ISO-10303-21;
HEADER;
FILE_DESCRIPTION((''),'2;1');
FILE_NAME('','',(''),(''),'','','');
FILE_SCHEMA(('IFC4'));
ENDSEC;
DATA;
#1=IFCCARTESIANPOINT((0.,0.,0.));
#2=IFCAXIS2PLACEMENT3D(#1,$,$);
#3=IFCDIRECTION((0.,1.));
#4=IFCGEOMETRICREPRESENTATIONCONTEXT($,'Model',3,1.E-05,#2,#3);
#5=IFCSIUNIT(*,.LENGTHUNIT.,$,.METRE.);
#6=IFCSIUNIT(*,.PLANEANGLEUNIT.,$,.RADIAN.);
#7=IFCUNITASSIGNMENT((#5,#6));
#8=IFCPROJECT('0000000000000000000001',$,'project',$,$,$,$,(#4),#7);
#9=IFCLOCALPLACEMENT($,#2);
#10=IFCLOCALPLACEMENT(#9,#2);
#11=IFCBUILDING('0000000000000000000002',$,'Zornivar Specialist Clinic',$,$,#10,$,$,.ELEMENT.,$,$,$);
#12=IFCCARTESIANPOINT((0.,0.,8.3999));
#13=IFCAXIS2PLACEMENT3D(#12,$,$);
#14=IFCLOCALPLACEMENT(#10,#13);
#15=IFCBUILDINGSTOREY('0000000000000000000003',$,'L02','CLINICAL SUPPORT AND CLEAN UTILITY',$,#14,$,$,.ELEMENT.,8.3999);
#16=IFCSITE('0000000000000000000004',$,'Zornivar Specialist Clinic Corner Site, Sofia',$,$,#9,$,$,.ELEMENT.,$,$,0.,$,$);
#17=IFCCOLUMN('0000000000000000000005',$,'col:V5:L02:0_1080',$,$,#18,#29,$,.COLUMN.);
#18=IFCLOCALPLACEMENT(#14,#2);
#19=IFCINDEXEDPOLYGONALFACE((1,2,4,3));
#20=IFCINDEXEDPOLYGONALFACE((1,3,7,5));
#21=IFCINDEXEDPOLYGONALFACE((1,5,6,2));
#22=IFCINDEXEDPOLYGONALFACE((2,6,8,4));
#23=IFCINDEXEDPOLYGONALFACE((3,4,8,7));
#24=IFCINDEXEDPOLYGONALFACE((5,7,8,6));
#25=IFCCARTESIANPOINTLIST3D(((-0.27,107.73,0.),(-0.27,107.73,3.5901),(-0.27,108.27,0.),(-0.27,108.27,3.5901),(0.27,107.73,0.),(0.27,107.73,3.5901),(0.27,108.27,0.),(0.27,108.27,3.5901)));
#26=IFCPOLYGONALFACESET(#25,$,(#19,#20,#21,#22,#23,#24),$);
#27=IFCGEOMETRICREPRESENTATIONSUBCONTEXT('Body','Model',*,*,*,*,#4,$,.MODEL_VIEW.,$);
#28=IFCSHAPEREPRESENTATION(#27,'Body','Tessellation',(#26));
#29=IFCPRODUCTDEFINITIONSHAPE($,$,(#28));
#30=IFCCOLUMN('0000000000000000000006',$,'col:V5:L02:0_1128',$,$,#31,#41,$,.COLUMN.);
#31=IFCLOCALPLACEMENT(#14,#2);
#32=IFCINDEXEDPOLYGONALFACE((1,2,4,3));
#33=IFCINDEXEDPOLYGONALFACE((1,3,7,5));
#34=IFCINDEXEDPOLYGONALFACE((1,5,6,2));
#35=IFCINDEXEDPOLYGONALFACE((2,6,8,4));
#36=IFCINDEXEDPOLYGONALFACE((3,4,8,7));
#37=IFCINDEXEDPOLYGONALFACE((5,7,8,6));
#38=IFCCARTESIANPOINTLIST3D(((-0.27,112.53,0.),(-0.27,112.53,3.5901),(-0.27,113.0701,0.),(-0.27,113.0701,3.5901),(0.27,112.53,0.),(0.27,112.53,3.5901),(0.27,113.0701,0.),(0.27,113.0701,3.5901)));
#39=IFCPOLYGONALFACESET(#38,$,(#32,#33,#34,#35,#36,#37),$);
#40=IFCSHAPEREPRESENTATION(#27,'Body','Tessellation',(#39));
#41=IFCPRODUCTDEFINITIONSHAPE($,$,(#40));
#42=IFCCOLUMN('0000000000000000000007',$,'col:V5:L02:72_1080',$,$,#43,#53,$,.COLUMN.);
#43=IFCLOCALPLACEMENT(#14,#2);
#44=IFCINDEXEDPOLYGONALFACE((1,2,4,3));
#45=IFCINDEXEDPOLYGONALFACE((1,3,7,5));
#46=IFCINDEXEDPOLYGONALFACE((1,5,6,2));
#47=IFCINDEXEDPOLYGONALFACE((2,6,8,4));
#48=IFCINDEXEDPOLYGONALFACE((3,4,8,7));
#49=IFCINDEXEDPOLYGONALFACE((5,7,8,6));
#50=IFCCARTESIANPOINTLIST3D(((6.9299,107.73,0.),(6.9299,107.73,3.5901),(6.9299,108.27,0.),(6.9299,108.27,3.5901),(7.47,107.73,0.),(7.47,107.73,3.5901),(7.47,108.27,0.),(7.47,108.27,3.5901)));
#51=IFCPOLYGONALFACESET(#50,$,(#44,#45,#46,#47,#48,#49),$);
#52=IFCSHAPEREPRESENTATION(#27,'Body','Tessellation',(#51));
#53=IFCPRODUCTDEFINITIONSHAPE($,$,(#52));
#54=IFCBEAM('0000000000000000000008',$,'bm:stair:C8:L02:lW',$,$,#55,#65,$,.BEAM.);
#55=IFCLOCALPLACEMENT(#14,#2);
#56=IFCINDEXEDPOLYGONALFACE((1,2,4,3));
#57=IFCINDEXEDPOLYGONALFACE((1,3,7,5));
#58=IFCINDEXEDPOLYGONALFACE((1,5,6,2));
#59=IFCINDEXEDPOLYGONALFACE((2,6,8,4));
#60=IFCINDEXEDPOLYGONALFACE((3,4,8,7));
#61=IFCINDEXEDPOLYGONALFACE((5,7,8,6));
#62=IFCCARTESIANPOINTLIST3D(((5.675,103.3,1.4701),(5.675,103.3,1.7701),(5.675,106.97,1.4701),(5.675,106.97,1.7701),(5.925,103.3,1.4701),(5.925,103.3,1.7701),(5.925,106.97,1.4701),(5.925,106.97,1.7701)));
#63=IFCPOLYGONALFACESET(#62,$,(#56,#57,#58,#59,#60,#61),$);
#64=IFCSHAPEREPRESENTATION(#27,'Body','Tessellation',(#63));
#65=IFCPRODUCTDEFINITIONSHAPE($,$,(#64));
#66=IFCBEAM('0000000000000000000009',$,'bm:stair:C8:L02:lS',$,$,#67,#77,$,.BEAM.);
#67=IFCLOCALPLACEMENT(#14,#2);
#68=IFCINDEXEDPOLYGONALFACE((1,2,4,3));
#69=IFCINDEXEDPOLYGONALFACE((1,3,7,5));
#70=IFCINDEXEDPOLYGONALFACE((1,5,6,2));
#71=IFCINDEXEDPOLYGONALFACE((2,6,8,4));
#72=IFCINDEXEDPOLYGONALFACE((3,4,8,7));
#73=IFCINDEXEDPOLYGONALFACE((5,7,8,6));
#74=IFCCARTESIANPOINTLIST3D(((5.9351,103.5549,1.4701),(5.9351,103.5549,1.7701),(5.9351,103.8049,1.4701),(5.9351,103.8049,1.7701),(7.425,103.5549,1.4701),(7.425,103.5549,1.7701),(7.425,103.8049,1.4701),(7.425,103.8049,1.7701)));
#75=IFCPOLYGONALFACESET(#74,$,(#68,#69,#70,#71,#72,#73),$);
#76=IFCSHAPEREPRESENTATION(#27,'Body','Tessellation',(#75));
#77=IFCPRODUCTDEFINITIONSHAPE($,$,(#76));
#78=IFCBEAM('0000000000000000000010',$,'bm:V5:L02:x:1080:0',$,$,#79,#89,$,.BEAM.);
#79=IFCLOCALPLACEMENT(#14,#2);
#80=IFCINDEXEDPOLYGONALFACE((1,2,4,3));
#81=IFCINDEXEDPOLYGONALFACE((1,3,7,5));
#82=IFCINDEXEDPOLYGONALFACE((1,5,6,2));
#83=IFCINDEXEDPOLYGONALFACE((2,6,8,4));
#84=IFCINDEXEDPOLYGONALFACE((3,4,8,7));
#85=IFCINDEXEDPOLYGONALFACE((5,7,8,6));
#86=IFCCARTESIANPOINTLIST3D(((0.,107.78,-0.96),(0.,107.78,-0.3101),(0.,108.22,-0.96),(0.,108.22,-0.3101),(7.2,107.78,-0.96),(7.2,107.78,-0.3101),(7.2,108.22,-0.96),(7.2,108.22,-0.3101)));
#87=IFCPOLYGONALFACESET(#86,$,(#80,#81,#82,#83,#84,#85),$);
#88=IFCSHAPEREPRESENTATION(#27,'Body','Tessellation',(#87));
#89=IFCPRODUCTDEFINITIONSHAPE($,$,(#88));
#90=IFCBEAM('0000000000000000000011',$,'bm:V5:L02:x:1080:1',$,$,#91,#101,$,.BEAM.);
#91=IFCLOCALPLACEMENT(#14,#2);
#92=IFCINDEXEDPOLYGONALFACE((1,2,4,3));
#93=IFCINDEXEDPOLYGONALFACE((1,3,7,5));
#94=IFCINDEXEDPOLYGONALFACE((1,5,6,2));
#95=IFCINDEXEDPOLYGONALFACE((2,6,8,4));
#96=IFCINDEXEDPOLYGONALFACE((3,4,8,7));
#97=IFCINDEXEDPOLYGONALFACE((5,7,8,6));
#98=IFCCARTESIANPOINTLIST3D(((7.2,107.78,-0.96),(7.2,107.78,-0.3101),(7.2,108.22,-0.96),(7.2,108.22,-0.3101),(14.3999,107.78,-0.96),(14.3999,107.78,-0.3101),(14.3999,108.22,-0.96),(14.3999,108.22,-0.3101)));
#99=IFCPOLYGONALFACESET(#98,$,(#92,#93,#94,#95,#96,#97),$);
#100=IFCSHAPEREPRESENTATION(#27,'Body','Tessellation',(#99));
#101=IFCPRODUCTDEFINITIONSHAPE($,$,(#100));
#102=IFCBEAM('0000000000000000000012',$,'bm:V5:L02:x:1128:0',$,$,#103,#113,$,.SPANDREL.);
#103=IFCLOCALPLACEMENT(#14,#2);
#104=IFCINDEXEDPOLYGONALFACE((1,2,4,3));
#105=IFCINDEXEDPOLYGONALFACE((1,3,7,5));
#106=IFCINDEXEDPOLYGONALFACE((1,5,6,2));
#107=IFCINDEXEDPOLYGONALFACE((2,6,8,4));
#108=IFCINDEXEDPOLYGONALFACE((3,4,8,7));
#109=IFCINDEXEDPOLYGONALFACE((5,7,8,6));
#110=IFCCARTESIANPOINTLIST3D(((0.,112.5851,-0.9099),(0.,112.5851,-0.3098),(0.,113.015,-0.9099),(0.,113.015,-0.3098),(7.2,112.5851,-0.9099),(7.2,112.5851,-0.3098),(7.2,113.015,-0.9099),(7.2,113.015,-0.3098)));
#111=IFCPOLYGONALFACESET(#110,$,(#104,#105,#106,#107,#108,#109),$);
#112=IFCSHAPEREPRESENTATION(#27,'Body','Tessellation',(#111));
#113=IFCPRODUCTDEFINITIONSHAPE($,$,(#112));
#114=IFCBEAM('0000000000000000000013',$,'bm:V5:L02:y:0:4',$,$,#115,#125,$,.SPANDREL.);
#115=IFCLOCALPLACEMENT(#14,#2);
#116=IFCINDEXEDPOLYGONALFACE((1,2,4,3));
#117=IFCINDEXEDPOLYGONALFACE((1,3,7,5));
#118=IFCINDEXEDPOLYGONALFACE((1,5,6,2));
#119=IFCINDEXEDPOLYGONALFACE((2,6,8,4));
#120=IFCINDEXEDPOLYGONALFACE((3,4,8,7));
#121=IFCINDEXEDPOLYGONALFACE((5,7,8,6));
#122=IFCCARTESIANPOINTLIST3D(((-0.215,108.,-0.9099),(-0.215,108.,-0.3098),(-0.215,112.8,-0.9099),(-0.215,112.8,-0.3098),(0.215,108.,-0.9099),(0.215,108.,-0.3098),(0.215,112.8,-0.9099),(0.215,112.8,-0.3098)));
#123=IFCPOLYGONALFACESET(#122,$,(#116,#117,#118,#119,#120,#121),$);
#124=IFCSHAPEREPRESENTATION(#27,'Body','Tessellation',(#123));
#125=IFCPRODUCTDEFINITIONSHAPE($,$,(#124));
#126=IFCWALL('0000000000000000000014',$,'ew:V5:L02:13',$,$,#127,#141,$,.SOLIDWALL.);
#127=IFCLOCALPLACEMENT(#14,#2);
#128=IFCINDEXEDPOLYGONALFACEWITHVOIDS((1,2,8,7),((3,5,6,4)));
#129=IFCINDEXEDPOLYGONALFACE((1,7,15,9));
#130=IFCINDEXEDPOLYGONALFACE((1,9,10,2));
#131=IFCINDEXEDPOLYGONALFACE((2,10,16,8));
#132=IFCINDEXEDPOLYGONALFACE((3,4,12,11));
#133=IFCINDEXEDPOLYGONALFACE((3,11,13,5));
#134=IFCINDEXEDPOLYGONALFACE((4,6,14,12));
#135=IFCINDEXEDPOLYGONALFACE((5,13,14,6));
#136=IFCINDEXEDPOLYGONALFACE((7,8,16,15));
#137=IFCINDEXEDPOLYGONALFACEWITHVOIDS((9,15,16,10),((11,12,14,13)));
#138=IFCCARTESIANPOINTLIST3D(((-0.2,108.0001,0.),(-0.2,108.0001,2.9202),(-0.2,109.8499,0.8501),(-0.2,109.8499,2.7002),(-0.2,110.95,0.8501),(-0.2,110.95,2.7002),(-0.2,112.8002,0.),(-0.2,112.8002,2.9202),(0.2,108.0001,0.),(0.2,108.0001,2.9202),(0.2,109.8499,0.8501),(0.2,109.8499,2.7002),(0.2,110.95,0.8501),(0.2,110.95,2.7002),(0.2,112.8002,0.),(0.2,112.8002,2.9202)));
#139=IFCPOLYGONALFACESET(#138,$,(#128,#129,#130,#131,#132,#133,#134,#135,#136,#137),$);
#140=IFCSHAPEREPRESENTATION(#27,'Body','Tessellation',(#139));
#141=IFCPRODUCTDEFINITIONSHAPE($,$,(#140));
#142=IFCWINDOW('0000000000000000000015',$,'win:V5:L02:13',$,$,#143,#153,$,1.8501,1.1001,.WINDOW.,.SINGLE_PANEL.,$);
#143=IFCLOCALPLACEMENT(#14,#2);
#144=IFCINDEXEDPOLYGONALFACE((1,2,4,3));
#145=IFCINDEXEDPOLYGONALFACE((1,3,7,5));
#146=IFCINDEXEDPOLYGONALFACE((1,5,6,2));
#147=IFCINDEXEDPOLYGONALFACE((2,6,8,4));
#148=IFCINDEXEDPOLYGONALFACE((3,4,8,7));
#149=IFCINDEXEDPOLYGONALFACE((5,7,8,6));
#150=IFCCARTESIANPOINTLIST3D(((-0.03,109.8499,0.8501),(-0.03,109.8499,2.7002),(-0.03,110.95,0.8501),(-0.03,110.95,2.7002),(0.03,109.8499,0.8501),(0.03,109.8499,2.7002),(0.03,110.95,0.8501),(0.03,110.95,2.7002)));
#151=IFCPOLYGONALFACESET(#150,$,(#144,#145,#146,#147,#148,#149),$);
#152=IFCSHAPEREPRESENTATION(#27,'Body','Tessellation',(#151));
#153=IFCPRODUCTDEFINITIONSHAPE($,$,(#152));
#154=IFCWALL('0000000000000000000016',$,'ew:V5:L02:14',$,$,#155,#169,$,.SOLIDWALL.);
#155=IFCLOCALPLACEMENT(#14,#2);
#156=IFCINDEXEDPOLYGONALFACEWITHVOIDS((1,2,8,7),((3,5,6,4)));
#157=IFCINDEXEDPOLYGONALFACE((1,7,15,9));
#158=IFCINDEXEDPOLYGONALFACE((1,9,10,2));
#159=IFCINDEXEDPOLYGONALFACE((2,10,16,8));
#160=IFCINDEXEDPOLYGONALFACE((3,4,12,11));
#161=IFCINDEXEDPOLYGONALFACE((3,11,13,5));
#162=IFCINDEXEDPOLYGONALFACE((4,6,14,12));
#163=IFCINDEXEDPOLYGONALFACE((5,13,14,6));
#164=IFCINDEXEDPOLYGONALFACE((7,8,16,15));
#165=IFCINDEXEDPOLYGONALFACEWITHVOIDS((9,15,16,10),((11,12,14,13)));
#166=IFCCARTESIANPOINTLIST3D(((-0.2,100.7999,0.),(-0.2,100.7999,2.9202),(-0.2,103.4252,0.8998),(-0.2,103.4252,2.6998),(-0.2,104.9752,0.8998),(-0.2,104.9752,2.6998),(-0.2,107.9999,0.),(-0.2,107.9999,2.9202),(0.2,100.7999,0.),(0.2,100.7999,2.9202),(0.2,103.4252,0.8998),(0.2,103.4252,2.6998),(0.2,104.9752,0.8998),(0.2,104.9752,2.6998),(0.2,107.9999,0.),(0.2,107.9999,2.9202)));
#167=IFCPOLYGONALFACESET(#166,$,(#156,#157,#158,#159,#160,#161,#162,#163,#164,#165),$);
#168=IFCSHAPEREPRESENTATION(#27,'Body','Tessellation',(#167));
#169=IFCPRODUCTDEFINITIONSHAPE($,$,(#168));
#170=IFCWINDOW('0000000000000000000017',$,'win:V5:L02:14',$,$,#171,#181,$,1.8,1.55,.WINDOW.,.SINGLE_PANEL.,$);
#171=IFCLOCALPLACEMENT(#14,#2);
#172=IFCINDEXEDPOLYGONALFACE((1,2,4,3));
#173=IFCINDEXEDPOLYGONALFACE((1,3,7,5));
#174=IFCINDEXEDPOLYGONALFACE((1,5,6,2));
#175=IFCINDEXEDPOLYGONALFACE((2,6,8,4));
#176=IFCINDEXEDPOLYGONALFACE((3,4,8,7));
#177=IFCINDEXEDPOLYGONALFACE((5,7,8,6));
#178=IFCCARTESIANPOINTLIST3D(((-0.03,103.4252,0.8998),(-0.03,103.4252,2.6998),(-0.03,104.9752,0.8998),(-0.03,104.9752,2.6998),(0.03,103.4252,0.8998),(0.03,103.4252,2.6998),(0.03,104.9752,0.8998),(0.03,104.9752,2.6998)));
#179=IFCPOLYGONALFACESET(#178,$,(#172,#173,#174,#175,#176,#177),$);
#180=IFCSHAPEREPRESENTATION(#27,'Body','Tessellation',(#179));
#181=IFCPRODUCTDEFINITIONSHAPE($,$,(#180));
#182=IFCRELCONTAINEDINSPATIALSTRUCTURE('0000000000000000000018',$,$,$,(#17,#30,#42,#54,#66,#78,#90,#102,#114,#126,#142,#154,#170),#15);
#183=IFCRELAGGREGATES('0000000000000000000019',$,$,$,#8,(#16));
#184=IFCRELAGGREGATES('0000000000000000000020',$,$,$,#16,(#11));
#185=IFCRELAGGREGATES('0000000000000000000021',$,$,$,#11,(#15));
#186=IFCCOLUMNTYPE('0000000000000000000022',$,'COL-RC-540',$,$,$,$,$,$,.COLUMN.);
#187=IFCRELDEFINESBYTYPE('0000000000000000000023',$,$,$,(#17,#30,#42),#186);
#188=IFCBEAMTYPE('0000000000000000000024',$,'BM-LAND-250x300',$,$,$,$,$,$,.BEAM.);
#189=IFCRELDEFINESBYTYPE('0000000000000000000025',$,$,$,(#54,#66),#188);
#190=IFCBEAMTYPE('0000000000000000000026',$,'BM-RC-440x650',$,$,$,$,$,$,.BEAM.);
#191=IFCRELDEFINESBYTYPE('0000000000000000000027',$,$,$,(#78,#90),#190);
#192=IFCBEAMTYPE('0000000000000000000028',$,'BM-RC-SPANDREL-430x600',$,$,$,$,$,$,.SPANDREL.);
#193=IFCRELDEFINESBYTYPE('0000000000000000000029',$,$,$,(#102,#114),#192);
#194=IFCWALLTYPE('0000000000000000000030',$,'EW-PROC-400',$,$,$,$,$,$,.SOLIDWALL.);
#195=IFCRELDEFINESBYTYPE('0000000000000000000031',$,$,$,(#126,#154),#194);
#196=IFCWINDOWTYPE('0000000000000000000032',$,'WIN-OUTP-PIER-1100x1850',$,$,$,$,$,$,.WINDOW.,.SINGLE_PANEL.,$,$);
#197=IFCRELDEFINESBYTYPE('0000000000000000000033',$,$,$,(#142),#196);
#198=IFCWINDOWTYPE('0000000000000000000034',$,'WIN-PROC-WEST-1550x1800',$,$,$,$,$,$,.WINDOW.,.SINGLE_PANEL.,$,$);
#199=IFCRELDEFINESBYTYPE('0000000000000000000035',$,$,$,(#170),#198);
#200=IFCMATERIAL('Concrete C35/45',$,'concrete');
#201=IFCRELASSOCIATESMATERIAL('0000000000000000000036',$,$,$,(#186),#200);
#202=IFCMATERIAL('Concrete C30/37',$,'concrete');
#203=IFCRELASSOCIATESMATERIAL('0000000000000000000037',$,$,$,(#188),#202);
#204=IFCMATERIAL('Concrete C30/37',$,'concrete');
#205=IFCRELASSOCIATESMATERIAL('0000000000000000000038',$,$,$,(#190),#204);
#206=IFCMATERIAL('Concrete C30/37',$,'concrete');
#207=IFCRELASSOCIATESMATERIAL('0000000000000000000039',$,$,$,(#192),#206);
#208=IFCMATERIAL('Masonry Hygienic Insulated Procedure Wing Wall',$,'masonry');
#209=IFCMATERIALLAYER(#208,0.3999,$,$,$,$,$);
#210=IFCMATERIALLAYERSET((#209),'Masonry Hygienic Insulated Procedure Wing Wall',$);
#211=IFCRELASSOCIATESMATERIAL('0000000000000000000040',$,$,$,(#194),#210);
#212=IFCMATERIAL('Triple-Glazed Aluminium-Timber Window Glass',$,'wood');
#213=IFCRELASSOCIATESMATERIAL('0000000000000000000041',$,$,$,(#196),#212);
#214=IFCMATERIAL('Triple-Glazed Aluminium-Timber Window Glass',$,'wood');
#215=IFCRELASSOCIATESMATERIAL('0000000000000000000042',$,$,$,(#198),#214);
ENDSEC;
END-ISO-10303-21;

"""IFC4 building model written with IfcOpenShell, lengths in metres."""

from ifc_helpers import new_model, si_unit, direction, frame, frame_2d, origin, origin_2d, place, context, subcontext, project, spatial, rectangle, extrude, material, layer, layer_set, material_profile, profile_set, type_object, element, fill, save


model = new_model("IFC4")

# Units and contexts
model_context = context("Model", 3, precision=1e-05, world=origin(), true_north=direction((0.0, 1.0)))
body_context = subcontext(model_context, "Body", "Model", "MODEL_VIEW")
ifc_project = project(units=[si_unit("LENGTHUNIT", "METRE"), si_unit("PLANEANGLEUNIT", "RADIAN")], contexts=[model_context])

# Site, building, storey
site_placement = place(None, origin())
site = spatial("IfcSite", under=ifc_project, at=site_placement, Name="Zornivar Specialist Clinic Corner Site, Sofia", CompositionType="ELEMENT", RefElevation=0.0)
building_placement = place(site_placement, origin())
building = spatial("IfcBuilding", under=site, at=building_placement, Name="Zornivar Specialist Clinic", CompositionType="ELEMENT")
storey_placement = place(building_placement, frame((0.0, 0.0, 8.3999)))
storey = spatial("IfcBuildingStorey", under=building, at=storey_placement, Name="L02", Description="CLINICAL SUPPORT AND CLEAN UTILITY", CompositionType="ELEMENT", Elevation=8.3999)

# Columns
ifc_material_1 = material(Name="Concrete C35/45", Category="concrete")
ifc_material_profile_1 = material_profile(ifc_material_1, rectangle(XDim=0.54, YDim=0.54, at=origin_2d()), Name="RC 540x540")
ifc_profile_set_1 = profile_set([ifc_material_profile_1], Name="Concrete C35/45")
column_type = type_object("IfcColumnType", Name="COL-RC-540", PredefinedType="COLUMN", material=ifc_profile_set_1)
for number, where, z_axis, x_axis, name in (
    (1, (0.0, 108.0, 0.0), (0.0, 0.0, 1.0), (1.0, 0.0, 0.0), "col:V5:L02:0_1080"),
    (2, (0.0, 112.8, 0.0), (0.0, 0.0, 1.0), (1.0, 0.0, 0.0), "col:V5:L02:0_1128"),
    (3, (7.2, 108.0, 0.0), (0.0, 0.0, 1.0), (1.0, 0.0, 0.0), "col:V5:L02:72_1080"),
):
    element("IfcColumn", number, at=place(storey_placement, frame(where, z_axis=z_axis, x_axis=x_axis)), inside=storey, type_object=column_type, Name=name, PredefinedType="COLUMN", context=body_context, shape_type="SweptSolid", body=[
        extrude(rectangle(XDim=0.54, YDim=0.54, at=origin_2d()), origin(), (0.0, 0.0, 1.0), 3.5901),
    ])

# Beams
ifc_material_2 = material(Name="Concrete C30/37", Category="concrete")
ifc_material_profile_2 = material_profile(ifc_material_2, rectangle(XDim=0.25, YDim=0.3, at=origin_2d()), Name="RC 250x300")
ifc_profile_set_2 = profile_set([ifc_material_profile_2], Name="Concrete C30/37")
beam_type_1 = type_object("IfcBeamType", Name="BM-LAND-250x300", PredefinedType="BEAM", material=ifc_profile_set_2)
beam_1_placement = place(storey_placement, frame((5.8, 103.3, 1.6201), z_axis=(0.0, 1.0, 0.0), x_axis=(-1.0, 0.0, 0.0)))
element("IfcBeam", 4, at=beam_1_placement, inside=storey, type_object=beam_type_1, Name="bm:stair:C8:L02:lW", PredefinedType="BEAM", context=body_context, shape_type="SweptSolid", body=[
    extrude(rectangle(XDim=0.25, YDim=0.3, at=origin_2d()), origin(), (0.0, 0.0, 1.0), 3.6699),
])
beam_2_placement = place(storey_placement, frame((5.9351, 103.6799, 1.6201), z_axis=(1.0, 0.0, 0.0), x_axis=(0.0, 1.0, 0.0)))
element("IfcBeam", 5, at=beam_2_placement, inside=storey, type_object=beam_type_1, Name="bm:stair:C8:L02:lS", PredefinedType="BEAM", context=body_context, shape_type="SweptSolid", body=[
    extrude(rectangle(XDim=0.25, YDim=0.3, at=origin_2d()), origin(), (0.0, 0.0, 1.0), 1.49),
])
ifc_material_3 = material(Name="Concrete C30/37", Category="concrete")
ifc_material_profile_3 = material_profile(ifc_material_3, rectangle(XDim=0.4399, YDim=0.6499, at=origin_2d()), Name="RC 440x650")
ifc_profile_set_3 = profile_set([ifc_material_profile_3], Name="Concrete C30/37")
beam_type_2 = type_object("IfcBeamType", Name="BM-RC-440x650", PredefinedType="BEAM", material=ifc_profile_set_3)
for number, where, z_axis, x_axis, name in (
    (6, (0.0, 108.0, -0.635), (1.0, 0.0, 0.0), (0.0, 1.0, 0.0), "bm:V5:L02:x:1080:0"),
    (7, (7.2, 108.0, -0.635), (1.0, 0.0, 0.0), (0.0, 1.0, 0.0), "bm:V5:L02:x:1080:1"),
):
    element("IfcBeam", number, at=place(storey_placement, frame(where, z_axis=z_axis, x_axis=x_axis)), inside=storey, type_object=beam_type_2, Name=name, PredefinedType="BEAM", context=body_context, shape_type="SweptSolid", body=[
        extrude(rectangle(XDim=0.4399, YDim=0.6499, at=origin_2d()), origin(), (0.0, 0.0, 1.0), 7.2),
    ])
ifc_material_4 = material(Name="Concrete C30/37", Category="concrete")
ifc_material_profile_4 = material_profile(ifc_material_4, rectangle(XDim=0.4299, YDim=0.6001, at=origin_2d()), Name="RC 430x600")
ifc_profile_set_4 = profile_set([ifc_material_profile_4], Name="Concrete C30/37")
beam_type_3 = type_object("IfcBeamType", Name="BM-RC-SPANDREL-430x600", PredefinedType="SPANDREL", material=ifc_profile_set_4)
beam_3_placement = place(storey_placement, frame((0.0, 112.8, -0.6099), z_axis=(1.0, 0.0, 0.0), x_axis=(0.0, 1.0, 0.0)))
element("IfcBeam", 8, at=beam_3_placement, inside=storey, type_object=beam_type_3, Name="bm:V5:L02:x:1128:0", PredefinedType="SPANDREL", context=body_context, shape_type="SweptSolid", body=[
    extrude(rectangle(XDim=0.4299, YDim=0.6001, at=origin_2d()), origin(), (0.0, 0.0, 1.0), 7.2),
])
beam_4_placement = place(storey_placement, frame((0.0, 108.0, -0.6099), z_axis=(0.0, 1.0, 0.0), x_axis=(-1.0, 0.0, 0.0)))
element("IfcBeam", 9, at=beam_4_placement, inside=storey, type_object=beam_type_3, Name="bm:V5:L02:y:0:4", PredefinedType="SPANDREL", context=body_context, shape_type="SweptSolid", body=[
    extrude(rectangle(XDim=0.4299, YDim=0.6001, at=origin_2d()), origin(), (0.0, 0.0, 1.0), 4.8),
])

# Walls, openings, windows
ifc_material_5 = material(Name="Masonry Hygienic Insulated Procedure Wing Wall", Category="masonry")
ifc_layer_1 = layer(ifc_material_5, 0.3999)
ifc_layer_set_1 = layer_set([ifc_layer_1], Name="Masonry Hygienic Insulated Procedure Wing Wall")
wall_type_1 = type_object("IfcWallType", Name="EW-PROC-400", PredefinedType="SOLIDWALL", material=ifc_layer_set_1)
wall_1_placement = place(storey_placement, frame((0.0, 112.8, 0.0), z_axis=(0.0, 0.0, 1.0), x_axis=(0.0, -1.0, 0.0)))
wall_1 = element("IfcWall", 10, at=wall_1_placement, inside=storey, type_object=wall_type_1, Name="ew:V5:L02:13", PredefinedType="SOLIDWALL", context=body_context, shape_type="SweptSolid", body=[
    extrude(rectangle(XDim=4.8, YDim=0.3999, at=frame_2d((2.3999, 0.0))), origin(), (0.0, 0.0, 1.0), 2.9202),
])
opening_1_placement = place(wall_1_placement, frame((1.8501, 0.0, 0.8501)))
opening_1 = element("IfcOpeningElement", 11, at=opening_1_placement, cuts=wall_1, PredefinedType="OPENING", context=body_context, shape_type="SweptSolid", body=[
    extrude(rectangle(XDim=1.1001, YDim=1.8501, at=frame_2d((0.55, 0.925))), frame((0.0, 0.21, 0.0), z_axis=(0.0, -1.0, 0.0), x_axis=(1.0, 0.0, 0.0)), (0.0, 0.0, 1.0), 0.4199),
])
ifc_material_6 = material(Name="Triple-Glazed Aluminium-Timber Window Glass", Category="wood")
window_type_1 = type_object("IfcWindowType", Name="WIN-OUTP-PIER-1100x1850", PartitioningType="SINGLE_PANEL", PredefinedType="WINDOW", material=ifc_material_6)
window_1_placement = place(opening_1_placement, origin())
window_1 = element("IfcWindow", 12, at=window_1_placement, inside=storey, type_object=window_type_1, Name="win:V5:L02:13", OverallHeight=1.8501, OverallWidth=1.1001, PartitioningType="SINGLE_PANEL", PredefinedType="WINDOW", context=body_context, shape_type="SweptSolid", body=[
    extrude(rectangle(XDim=1.1001, YDim=1.8501, at=frame_2d((0.55, 0.925))), frame((0.0, 0.03, 0.0), z_axis=(0.0, -1.0, 0.0), x_axis=(1.0, 0.0, 0.0)), (0.0, 0.0, 1.0), 0.0601),
])
fill(opening_1, window_1)
wall_2_placement = place(storey_placement, frame((0.0, 108.0, 0.0), z_axis=(0.0, 0.0, 1.0), x_axis=(0.0, -1.0, 0.0)))
wall_2 = element("IfcWall", 13, at=wall_2_placement, inside=storey, type_object=wall_type_1, Name="ew:V5:L02:14", PredefinedType="SOLIDWALL", context=body_context, shape_type="SweptSolid", body=[
    extrude(rectangle(XDim=7.2, YDim=0.3999, at=frame_2d((3.6001, 0.0))), origin(), (0.0, 0.0, 1.0), 2.9202),
])
opening_2_placement = place(wall_2_placement, frame((3.0249, 0.0, 0.8999)))
opening_2 = element("IfcOpeningElement", 14, at=opening_2_placement, cuts=wall_2, PredefinedType="OPENING", context=body_context, shape_type="SweptSolid", body=[
    extrude(rectangle(XDim=1.55, YDim=1.8, at=frame_2d((0.7749, 0.8999))), frame((0.0, 0.21, 0.0), z_axis=(0.0, -1.0, 0.0), x_axis=(1.0, 0.0, 0.0)), (0.0, 0.0, 1.0), 0.4199),
])
ifc_material_7 = material(Name="Triple-Glazed Aluminium-Timber Window Glass", Category="wood")
window_type_2 = type_object("IfcWindowType", Name="WIN-PROC-WEST-1550x1800", PartitioningType="SINGLE_PANEL", PredefinedType="WINDOW", material=ifc_material_7)
window_2_placement = place(opening_2_placement, origin())
window_2 = element("IfcWindow", 15, at=window_2_placement, inside=storey, type_object=window_type_2, Name="win:V5:L02:14", OverallHeight=1.8, OverallWidth=1.55, PartitioningType="SINGLE_PANEL", PredefinedType="WINDOW", context=body_context, shape_type="SweptSolid", body=[
    extrude(rectangle(XDim=1.55, YDim=1.8, at=frame_2d((0.7749, 0.8999))), frame((0.0, 0.03, 0.0), z_axis=(0.0, -1.0, 0.0), x_axis=(1.0, 0.0, 0.0)), (0.0, 0.0, 1.0), 0.0601),
])
fill(opening_2, window_2)

save(model, "model.ifc")
